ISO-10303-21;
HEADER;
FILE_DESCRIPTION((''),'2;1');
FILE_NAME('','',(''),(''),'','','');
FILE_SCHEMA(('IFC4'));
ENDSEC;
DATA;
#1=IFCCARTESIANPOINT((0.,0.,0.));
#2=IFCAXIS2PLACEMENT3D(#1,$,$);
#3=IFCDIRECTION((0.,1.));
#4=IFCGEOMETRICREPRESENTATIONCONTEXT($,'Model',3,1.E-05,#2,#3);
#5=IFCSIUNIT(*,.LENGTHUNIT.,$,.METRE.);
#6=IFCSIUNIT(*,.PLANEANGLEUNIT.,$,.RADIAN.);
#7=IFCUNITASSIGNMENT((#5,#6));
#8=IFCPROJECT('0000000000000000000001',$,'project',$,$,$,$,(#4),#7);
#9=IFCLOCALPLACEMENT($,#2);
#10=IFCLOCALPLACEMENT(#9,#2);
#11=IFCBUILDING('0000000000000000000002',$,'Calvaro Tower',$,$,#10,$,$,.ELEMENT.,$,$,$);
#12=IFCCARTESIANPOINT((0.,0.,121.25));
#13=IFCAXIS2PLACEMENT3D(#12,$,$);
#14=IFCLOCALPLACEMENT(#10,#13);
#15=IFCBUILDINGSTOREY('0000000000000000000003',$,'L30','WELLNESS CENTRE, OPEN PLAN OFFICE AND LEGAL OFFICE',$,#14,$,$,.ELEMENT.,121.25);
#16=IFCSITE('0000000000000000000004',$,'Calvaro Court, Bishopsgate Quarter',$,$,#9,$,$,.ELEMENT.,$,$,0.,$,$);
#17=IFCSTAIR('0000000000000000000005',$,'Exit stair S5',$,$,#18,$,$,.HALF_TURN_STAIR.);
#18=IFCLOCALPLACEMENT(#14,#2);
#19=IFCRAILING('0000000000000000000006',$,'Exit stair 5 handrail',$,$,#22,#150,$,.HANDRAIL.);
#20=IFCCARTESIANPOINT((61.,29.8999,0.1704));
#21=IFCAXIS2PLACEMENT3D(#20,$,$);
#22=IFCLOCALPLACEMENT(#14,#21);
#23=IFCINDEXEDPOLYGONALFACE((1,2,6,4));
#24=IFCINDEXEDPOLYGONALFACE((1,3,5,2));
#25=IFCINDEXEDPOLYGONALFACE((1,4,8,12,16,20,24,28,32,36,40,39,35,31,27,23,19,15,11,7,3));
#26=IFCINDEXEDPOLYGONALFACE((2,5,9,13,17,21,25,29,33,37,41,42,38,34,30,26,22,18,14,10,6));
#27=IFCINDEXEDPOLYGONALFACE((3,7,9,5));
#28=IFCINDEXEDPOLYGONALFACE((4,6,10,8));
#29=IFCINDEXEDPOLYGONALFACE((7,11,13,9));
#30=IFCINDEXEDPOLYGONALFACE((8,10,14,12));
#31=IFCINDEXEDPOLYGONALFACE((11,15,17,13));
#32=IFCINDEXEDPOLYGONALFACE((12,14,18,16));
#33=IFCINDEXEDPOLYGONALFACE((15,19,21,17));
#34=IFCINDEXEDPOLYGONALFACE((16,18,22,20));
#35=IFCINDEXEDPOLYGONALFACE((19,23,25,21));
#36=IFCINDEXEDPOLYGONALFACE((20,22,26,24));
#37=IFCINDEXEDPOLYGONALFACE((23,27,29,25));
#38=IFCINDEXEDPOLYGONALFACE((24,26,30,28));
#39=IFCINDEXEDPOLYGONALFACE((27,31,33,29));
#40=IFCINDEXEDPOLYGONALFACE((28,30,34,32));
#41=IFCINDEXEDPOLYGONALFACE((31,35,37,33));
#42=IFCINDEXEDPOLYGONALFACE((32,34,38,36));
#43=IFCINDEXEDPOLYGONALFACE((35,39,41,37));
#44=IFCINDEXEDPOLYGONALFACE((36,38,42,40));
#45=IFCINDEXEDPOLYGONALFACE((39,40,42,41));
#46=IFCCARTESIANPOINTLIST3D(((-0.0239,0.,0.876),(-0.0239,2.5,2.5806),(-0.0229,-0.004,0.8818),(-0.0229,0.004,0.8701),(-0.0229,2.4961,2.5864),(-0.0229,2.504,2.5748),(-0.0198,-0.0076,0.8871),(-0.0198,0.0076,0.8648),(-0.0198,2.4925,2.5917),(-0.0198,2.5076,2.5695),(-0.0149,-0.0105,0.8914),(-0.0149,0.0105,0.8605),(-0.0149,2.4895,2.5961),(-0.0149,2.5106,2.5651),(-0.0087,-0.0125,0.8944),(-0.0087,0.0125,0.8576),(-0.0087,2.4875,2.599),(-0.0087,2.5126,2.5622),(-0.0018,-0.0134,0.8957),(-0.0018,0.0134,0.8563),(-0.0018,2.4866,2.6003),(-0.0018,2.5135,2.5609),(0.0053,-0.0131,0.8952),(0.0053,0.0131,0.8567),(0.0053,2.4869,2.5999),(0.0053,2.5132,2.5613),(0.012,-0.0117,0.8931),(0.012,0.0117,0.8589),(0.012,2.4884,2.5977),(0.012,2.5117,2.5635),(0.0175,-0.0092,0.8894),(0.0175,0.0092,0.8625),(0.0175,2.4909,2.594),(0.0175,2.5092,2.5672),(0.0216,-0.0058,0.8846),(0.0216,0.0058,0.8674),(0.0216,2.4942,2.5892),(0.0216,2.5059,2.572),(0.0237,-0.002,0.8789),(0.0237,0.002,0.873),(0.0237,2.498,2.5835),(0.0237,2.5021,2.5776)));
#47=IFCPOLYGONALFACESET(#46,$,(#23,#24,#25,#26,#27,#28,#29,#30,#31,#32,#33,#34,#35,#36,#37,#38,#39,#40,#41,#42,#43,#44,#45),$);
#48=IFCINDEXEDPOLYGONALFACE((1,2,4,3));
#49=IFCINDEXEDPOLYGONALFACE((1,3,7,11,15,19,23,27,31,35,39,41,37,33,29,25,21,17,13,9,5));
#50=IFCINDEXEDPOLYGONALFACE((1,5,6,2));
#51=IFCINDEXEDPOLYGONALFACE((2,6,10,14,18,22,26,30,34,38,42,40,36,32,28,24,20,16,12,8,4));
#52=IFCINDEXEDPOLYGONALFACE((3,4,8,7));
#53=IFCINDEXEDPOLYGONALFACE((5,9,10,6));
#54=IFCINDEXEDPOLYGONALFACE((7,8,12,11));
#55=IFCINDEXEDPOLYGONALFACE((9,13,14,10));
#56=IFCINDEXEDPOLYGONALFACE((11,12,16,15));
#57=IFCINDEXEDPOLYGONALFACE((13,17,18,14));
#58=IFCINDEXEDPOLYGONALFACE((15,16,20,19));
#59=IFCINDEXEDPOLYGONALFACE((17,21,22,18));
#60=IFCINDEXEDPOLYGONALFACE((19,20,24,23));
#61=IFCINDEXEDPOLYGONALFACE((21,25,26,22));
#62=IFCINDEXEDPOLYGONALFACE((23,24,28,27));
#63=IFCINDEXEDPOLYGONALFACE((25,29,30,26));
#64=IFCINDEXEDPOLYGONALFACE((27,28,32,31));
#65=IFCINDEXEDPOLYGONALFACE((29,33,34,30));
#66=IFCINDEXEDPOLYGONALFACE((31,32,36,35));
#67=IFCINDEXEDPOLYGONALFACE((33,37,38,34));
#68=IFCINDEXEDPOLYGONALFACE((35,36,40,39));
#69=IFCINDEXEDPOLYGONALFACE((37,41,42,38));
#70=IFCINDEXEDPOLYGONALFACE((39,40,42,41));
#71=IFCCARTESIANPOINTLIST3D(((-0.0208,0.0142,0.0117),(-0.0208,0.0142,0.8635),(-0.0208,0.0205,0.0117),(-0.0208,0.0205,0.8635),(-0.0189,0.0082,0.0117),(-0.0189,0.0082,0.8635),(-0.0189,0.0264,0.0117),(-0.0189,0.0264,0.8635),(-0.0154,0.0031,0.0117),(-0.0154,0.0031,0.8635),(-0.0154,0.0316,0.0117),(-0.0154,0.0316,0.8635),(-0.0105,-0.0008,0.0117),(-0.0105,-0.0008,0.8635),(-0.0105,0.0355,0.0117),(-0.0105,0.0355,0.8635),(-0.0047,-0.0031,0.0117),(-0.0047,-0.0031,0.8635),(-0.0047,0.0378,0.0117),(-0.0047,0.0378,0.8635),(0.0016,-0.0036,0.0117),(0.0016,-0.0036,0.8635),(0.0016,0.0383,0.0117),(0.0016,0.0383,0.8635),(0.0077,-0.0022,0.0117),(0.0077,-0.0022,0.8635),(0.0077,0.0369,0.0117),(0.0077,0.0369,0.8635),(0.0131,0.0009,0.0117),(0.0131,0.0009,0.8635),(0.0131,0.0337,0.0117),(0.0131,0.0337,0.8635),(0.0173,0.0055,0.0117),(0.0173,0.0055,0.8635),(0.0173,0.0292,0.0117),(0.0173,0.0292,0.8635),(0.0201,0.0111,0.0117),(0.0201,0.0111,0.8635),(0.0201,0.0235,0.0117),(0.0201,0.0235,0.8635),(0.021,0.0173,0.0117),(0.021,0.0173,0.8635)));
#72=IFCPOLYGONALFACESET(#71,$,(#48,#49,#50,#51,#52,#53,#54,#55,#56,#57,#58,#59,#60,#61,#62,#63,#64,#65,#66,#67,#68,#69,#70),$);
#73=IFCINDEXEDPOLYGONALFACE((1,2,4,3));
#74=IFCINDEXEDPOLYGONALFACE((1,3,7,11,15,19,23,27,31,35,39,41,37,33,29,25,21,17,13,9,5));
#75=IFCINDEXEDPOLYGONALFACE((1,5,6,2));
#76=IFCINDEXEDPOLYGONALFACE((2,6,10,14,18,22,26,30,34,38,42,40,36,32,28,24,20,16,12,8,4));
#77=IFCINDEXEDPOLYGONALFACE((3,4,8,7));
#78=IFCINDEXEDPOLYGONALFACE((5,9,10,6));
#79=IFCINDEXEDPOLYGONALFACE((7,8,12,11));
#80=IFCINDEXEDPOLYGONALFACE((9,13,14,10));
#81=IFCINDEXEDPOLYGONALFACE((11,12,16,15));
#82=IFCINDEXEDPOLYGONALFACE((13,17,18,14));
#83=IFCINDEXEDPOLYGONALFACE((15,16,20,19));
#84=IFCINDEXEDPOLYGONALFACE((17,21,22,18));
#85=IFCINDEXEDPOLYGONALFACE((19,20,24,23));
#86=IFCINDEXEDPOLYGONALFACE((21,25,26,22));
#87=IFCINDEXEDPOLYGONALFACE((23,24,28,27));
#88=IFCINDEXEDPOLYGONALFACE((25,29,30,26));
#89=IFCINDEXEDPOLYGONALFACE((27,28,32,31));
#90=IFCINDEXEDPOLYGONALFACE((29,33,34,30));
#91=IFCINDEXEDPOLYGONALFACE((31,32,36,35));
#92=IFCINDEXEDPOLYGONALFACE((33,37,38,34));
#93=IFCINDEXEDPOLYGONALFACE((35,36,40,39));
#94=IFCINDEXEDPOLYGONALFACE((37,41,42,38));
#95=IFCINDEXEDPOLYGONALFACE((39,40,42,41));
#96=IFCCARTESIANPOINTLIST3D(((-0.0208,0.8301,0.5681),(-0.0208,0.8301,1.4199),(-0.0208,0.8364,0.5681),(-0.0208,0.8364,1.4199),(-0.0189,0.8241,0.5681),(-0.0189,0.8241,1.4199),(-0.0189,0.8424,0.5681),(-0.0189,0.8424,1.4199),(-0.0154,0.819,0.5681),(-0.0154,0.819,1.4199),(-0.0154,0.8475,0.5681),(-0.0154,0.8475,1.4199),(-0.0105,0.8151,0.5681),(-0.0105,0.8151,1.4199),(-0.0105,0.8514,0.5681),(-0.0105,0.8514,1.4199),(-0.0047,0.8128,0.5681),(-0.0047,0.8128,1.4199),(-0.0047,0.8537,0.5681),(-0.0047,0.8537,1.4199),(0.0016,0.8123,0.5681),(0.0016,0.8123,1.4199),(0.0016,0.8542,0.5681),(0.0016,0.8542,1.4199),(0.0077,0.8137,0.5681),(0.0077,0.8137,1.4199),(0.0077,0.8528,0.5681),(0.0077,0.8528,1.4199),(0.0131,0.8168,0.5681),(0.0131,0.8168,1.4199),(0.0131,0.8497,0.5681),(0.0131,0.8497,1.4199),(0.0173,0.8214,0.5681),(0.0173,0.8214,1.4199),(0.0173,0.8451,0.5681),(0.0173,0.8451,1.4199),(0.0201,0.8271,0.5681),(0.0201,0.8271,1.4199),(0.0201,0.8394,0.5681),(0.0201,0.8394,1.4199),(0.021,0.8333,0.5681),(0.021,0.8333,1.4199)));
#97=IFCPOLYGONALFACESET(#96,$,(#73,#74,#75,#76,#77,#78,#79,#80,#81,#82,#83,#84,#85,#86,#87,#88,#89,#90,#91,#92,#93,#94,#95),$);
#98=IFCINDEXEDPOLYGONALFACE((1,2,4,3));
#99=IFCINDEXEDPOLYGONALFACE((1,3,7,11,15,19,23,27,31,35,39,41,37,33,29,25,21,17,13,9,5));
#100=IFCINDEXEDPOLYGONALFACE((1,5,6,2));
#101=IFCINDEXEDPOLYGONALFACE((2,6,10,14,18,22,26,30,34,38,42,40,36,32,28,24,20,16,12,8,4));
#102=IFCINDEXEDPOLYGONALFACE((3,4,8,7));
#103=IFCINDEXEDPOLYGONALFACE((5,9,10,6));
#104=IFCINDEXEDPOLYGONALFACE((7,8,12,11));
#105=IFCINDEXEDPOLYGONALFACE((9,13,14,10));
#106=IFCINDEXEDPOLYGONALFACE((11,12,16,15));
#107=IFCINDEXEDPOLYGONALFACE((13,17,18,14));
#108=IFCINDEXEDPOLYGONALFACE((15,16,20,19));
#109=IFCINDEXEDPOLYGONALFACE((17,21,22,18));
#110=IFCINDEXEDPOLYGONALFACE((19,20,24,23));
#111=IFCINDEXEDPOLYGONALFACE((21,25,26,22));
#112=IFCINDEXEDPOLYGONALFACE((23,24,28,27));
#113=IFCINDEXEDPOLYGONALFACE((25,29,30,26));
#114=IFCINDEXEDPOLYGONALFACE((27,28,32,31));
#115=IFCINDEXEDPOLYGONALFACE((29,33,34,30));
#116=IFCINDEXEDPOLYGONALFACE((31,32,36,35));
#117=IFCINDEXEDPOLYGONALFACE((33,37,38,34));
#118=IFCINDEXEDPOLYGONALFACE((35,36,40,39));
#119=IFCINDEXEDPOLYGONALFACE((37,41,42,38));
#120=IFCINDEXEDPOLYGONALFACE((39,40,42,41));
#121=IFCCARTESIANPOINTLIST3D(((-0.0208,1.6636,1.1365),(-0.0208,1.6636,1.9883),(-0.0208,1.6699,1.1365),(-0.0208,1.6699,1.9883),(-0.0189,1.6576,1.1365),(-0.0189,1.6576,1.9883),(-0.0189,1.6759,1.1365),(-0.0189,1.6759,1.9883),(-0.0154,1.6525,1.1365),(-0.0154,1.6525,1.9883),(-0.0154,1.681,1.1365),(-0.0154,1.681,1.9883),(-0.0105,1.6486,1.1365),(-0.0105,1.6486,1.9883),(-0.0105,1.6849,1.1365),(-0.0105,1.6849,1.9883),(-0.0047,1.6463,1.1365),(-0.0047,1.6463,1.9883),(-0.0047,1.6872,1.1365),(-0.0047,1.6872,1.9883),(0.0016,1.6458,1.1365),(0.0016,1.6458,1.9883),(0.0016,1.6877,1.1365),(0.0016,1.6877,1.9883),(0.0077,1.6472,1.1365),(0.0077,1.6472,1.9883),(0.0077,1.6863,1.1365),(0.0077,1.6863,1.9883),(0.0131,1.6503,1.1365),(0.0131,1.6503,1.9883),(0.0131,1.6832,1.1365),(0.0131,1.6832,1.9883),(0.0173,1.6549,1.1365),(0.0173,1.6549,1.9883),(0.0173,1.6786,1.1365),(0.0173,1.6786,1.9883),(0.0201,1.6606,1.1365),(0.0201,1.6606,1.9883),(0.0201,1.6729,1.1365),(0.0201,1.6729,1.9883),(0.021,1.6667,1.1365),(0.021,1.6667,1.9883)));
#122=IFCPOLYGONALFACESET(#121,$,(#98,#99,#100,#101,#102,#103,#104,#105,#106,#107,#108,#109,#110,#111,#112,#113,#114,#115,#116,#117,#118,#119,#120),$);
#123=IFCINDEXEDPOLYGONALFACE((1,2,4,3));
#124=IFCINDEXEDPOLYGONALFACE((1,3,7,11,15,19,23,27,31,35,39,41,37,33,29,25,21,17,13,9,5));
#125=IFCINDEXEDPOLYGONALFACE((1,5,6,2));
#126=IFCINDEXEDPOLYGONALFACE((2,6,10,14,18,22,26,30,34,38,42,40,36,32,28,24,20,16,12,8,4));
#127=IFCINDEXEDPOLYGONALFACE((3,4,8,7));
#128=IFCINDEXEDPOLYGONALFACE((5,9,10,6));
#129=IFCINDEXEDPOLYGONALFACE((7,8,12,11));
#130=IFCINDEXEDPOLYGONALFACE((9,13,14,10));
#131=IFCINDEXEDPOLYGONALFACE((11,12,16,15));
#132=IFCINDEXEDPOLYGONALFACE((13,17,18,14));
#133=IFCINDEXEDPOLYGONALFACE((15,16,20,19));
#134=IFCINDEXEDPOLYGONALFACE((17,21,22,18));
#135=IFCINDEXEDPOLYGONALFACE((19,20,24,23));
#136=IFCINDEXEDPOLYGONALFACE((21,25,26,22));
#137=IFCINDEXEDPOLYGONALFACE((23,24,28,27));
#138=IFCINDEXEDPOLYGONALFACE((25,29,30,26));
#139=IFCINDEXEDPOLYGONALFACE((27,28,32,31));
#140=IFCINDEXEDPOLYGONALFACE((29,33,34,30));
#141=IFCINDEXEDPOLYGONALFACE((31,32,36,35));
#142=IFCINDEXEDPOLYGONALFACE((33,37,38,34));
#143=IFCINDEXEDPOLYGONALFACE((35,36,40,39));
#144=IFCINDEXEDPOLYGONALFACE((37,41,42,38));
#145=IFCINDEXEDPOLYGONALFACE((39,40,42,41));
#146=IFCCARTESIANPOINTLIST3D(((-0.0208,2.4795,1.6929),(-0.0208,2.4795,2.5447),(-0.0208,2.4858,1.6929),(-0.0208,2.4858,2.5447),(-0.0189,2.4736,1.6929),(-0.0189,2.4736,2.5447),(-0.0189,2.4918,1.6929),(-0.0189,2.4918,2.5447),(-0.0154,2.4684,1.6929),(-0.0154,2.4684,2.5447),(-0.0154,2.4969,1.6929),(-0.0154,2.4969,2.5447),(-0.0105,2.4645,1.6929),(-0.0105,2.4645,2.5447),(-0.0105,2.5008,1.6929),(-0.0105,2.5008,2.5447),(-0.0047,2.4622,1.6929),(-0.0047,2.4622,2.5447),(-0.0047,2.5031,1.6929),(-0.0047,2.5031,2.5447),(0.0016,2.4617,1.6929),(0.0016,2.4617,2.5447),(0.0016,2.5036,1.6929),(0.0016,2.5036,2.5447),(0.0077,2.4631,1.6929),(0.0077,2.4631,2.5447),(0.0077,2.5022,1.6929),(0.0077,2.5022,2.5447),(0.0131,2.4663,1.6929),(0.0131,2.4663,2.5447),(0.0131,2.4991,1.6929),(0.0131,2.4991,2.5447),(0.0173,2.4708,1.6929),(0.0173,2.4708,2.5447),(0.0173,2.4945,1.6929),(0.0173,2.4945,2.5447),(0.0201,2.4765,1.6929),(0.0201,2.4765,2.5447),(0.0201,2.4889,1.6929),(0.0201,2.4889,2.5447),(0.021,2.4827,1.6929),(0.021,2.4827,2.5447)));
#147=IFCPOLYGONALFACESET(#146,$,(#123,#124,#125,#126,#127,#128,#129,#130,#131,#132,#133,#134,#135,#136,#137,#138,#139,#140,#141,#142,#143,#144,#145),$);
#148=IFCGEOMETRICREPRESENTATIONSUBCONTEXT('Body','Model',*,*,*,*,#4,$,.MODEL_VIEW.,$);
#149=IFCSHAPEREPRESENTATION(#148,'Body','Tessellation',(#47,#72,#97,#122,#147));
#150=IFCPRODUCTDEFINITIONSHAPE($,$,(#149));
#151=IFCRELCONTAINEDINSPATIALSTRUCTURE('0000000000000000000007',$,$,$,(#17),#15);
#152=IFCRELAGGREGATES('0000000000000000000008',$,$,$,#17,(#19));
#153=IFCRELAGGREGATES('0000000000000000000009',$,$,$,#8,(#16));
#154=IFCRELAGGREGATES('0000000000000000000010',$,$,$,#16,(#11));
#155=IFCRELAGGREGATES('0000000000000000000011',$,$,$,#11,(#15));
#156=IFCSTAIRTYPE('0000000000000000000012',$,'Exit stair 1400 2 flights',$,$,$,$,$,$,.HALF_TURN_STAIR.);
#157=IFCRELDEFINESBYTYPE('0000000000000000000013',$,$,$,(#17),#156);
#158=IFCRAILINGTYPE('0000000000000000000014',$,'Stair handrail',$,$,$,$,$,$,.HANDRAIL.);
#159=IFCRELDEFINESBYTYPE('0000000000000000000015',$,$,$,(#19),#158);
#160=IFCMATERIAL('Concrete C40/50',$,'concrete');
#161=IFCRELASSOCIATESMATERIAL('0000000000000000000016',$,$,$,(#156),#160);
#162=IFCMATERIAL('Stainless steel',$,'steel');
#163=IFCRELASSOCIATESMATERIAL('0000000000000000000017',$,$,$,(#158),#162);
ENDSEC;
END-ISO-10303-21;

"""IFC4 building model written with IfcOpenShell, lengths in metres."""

from ifc_helpers import new_model, si_unit, direction, frame, origin, origin_2d, place, context, subcontext, project, spatial, circle, extrude, material, type_object, element, aggregate, save


model = new_model("IFC4")

# Units and contexts
model_context = context("Model", 3, precision=1e-05, world=origin(), true_north=direction((0.0, 1.0)))
body_context = subcontext(model_context, "Body", "Model", "MODEL_VIEW")
ifc_project = project(units=[si_unit("LENGTHUNIT", "METRE"), si_unit("PLANEANGLEUNIT", "RADIAN")], contexts=[model_context])

# Site, building, storey
site_placement = place(None, origin())
site = spatial("IfcSite", under=ifc_project, at=site_placement, Name="Calvaro Court, Bishopsgate Quarter", CompositionType="ELEMENT", RefElevation=0.0)
building_placement = place(site_placement, origin())
building = spatial("IfcBuilding", under=site, at=building_placement, Name="Calvaro Tower", CompositionType="ELEMENT")
storey_placement = place(building_placement, frame((0.0, 0.0, 121.25)))
storey = spatial("IfcBuildingStorey", under=building, at=storey_placement, Name="L30", Description="WELLNESS CENTRE, OPEN PLAN OFFICE AND LEGAL OFFICE", CompositionType="ELEMENT", Elevation=121.25)

# Stair
ifc_material_1 = material(Name="Concrete C40/50", Category="concrete")
stair_type = type_object("IfcStairType", Name="Exit stair 1400 2 flights", PredefinedType="HALF_TURN_STAIR", material=ifc_material_1)
stair_1_placement = place(storey_placement, origin())
stair_1 = element("IfcStair", 1, at=stair_1_placement, inside=storey, type_object=stair_type, Name="Exit stair S5", PredefinedType="HALF_TURN_STAIR")

# Shared definitions
ifc_material_2 = material(Name="Stainless steel", Category="steel")
railing_type = type_object("IfcRailingType", Name="Stair handrail", PredefinedType="HANDRAIL", material=ifc_material_2)

# Railing
railing_1_placement = place(storey_placement, frame((61.0, 29.8999, 0.1704)))
railing_1 = element("IfcRailing", 2, at=railing_1_placement, type_object=railing_type, Name="Exit stair 5 handrail", PredefinedType="HANDRAIL", context=body_context, shape_type="SweptSolid", body=[
    extrude(circle(Radius=0.0239, at=origin_2d()), frame((0.0, 0.0, 0.876), z_axis=(0.0, 0.826221, 0.563347), x_axis=(-1.0, 0.0, 0.0)), (0.0, 0.0, 1.0), 3.0259),
    extrude(circle(Radius=0.021, at=origin_2d()), frame((0.0, 0.0173, 0.0117)), (0.0, 0.0, 1.0), 0.8518),
    extrude(circle(Radius=0.021, at=origin_2d()), frame((0.0, 0.8333, 0.5681)), (0.0, 0.0, 1.0), 0.8518),
    extrude(circle(Radius=0.021, at=origin_2d()), frame((0.0, 1.6667, 1.1365)), (0.0, 0.0, 1.0), 0.8518),
    extrude(circle(Radius=0.021, at=origin_2d()), frame((0.0, 2.4827, 1.6929)), (0.0, 0.0, 1.0), 0.8518),
])
aggregate(stair_1, [railing_1])

save(model, "model.ifc")
